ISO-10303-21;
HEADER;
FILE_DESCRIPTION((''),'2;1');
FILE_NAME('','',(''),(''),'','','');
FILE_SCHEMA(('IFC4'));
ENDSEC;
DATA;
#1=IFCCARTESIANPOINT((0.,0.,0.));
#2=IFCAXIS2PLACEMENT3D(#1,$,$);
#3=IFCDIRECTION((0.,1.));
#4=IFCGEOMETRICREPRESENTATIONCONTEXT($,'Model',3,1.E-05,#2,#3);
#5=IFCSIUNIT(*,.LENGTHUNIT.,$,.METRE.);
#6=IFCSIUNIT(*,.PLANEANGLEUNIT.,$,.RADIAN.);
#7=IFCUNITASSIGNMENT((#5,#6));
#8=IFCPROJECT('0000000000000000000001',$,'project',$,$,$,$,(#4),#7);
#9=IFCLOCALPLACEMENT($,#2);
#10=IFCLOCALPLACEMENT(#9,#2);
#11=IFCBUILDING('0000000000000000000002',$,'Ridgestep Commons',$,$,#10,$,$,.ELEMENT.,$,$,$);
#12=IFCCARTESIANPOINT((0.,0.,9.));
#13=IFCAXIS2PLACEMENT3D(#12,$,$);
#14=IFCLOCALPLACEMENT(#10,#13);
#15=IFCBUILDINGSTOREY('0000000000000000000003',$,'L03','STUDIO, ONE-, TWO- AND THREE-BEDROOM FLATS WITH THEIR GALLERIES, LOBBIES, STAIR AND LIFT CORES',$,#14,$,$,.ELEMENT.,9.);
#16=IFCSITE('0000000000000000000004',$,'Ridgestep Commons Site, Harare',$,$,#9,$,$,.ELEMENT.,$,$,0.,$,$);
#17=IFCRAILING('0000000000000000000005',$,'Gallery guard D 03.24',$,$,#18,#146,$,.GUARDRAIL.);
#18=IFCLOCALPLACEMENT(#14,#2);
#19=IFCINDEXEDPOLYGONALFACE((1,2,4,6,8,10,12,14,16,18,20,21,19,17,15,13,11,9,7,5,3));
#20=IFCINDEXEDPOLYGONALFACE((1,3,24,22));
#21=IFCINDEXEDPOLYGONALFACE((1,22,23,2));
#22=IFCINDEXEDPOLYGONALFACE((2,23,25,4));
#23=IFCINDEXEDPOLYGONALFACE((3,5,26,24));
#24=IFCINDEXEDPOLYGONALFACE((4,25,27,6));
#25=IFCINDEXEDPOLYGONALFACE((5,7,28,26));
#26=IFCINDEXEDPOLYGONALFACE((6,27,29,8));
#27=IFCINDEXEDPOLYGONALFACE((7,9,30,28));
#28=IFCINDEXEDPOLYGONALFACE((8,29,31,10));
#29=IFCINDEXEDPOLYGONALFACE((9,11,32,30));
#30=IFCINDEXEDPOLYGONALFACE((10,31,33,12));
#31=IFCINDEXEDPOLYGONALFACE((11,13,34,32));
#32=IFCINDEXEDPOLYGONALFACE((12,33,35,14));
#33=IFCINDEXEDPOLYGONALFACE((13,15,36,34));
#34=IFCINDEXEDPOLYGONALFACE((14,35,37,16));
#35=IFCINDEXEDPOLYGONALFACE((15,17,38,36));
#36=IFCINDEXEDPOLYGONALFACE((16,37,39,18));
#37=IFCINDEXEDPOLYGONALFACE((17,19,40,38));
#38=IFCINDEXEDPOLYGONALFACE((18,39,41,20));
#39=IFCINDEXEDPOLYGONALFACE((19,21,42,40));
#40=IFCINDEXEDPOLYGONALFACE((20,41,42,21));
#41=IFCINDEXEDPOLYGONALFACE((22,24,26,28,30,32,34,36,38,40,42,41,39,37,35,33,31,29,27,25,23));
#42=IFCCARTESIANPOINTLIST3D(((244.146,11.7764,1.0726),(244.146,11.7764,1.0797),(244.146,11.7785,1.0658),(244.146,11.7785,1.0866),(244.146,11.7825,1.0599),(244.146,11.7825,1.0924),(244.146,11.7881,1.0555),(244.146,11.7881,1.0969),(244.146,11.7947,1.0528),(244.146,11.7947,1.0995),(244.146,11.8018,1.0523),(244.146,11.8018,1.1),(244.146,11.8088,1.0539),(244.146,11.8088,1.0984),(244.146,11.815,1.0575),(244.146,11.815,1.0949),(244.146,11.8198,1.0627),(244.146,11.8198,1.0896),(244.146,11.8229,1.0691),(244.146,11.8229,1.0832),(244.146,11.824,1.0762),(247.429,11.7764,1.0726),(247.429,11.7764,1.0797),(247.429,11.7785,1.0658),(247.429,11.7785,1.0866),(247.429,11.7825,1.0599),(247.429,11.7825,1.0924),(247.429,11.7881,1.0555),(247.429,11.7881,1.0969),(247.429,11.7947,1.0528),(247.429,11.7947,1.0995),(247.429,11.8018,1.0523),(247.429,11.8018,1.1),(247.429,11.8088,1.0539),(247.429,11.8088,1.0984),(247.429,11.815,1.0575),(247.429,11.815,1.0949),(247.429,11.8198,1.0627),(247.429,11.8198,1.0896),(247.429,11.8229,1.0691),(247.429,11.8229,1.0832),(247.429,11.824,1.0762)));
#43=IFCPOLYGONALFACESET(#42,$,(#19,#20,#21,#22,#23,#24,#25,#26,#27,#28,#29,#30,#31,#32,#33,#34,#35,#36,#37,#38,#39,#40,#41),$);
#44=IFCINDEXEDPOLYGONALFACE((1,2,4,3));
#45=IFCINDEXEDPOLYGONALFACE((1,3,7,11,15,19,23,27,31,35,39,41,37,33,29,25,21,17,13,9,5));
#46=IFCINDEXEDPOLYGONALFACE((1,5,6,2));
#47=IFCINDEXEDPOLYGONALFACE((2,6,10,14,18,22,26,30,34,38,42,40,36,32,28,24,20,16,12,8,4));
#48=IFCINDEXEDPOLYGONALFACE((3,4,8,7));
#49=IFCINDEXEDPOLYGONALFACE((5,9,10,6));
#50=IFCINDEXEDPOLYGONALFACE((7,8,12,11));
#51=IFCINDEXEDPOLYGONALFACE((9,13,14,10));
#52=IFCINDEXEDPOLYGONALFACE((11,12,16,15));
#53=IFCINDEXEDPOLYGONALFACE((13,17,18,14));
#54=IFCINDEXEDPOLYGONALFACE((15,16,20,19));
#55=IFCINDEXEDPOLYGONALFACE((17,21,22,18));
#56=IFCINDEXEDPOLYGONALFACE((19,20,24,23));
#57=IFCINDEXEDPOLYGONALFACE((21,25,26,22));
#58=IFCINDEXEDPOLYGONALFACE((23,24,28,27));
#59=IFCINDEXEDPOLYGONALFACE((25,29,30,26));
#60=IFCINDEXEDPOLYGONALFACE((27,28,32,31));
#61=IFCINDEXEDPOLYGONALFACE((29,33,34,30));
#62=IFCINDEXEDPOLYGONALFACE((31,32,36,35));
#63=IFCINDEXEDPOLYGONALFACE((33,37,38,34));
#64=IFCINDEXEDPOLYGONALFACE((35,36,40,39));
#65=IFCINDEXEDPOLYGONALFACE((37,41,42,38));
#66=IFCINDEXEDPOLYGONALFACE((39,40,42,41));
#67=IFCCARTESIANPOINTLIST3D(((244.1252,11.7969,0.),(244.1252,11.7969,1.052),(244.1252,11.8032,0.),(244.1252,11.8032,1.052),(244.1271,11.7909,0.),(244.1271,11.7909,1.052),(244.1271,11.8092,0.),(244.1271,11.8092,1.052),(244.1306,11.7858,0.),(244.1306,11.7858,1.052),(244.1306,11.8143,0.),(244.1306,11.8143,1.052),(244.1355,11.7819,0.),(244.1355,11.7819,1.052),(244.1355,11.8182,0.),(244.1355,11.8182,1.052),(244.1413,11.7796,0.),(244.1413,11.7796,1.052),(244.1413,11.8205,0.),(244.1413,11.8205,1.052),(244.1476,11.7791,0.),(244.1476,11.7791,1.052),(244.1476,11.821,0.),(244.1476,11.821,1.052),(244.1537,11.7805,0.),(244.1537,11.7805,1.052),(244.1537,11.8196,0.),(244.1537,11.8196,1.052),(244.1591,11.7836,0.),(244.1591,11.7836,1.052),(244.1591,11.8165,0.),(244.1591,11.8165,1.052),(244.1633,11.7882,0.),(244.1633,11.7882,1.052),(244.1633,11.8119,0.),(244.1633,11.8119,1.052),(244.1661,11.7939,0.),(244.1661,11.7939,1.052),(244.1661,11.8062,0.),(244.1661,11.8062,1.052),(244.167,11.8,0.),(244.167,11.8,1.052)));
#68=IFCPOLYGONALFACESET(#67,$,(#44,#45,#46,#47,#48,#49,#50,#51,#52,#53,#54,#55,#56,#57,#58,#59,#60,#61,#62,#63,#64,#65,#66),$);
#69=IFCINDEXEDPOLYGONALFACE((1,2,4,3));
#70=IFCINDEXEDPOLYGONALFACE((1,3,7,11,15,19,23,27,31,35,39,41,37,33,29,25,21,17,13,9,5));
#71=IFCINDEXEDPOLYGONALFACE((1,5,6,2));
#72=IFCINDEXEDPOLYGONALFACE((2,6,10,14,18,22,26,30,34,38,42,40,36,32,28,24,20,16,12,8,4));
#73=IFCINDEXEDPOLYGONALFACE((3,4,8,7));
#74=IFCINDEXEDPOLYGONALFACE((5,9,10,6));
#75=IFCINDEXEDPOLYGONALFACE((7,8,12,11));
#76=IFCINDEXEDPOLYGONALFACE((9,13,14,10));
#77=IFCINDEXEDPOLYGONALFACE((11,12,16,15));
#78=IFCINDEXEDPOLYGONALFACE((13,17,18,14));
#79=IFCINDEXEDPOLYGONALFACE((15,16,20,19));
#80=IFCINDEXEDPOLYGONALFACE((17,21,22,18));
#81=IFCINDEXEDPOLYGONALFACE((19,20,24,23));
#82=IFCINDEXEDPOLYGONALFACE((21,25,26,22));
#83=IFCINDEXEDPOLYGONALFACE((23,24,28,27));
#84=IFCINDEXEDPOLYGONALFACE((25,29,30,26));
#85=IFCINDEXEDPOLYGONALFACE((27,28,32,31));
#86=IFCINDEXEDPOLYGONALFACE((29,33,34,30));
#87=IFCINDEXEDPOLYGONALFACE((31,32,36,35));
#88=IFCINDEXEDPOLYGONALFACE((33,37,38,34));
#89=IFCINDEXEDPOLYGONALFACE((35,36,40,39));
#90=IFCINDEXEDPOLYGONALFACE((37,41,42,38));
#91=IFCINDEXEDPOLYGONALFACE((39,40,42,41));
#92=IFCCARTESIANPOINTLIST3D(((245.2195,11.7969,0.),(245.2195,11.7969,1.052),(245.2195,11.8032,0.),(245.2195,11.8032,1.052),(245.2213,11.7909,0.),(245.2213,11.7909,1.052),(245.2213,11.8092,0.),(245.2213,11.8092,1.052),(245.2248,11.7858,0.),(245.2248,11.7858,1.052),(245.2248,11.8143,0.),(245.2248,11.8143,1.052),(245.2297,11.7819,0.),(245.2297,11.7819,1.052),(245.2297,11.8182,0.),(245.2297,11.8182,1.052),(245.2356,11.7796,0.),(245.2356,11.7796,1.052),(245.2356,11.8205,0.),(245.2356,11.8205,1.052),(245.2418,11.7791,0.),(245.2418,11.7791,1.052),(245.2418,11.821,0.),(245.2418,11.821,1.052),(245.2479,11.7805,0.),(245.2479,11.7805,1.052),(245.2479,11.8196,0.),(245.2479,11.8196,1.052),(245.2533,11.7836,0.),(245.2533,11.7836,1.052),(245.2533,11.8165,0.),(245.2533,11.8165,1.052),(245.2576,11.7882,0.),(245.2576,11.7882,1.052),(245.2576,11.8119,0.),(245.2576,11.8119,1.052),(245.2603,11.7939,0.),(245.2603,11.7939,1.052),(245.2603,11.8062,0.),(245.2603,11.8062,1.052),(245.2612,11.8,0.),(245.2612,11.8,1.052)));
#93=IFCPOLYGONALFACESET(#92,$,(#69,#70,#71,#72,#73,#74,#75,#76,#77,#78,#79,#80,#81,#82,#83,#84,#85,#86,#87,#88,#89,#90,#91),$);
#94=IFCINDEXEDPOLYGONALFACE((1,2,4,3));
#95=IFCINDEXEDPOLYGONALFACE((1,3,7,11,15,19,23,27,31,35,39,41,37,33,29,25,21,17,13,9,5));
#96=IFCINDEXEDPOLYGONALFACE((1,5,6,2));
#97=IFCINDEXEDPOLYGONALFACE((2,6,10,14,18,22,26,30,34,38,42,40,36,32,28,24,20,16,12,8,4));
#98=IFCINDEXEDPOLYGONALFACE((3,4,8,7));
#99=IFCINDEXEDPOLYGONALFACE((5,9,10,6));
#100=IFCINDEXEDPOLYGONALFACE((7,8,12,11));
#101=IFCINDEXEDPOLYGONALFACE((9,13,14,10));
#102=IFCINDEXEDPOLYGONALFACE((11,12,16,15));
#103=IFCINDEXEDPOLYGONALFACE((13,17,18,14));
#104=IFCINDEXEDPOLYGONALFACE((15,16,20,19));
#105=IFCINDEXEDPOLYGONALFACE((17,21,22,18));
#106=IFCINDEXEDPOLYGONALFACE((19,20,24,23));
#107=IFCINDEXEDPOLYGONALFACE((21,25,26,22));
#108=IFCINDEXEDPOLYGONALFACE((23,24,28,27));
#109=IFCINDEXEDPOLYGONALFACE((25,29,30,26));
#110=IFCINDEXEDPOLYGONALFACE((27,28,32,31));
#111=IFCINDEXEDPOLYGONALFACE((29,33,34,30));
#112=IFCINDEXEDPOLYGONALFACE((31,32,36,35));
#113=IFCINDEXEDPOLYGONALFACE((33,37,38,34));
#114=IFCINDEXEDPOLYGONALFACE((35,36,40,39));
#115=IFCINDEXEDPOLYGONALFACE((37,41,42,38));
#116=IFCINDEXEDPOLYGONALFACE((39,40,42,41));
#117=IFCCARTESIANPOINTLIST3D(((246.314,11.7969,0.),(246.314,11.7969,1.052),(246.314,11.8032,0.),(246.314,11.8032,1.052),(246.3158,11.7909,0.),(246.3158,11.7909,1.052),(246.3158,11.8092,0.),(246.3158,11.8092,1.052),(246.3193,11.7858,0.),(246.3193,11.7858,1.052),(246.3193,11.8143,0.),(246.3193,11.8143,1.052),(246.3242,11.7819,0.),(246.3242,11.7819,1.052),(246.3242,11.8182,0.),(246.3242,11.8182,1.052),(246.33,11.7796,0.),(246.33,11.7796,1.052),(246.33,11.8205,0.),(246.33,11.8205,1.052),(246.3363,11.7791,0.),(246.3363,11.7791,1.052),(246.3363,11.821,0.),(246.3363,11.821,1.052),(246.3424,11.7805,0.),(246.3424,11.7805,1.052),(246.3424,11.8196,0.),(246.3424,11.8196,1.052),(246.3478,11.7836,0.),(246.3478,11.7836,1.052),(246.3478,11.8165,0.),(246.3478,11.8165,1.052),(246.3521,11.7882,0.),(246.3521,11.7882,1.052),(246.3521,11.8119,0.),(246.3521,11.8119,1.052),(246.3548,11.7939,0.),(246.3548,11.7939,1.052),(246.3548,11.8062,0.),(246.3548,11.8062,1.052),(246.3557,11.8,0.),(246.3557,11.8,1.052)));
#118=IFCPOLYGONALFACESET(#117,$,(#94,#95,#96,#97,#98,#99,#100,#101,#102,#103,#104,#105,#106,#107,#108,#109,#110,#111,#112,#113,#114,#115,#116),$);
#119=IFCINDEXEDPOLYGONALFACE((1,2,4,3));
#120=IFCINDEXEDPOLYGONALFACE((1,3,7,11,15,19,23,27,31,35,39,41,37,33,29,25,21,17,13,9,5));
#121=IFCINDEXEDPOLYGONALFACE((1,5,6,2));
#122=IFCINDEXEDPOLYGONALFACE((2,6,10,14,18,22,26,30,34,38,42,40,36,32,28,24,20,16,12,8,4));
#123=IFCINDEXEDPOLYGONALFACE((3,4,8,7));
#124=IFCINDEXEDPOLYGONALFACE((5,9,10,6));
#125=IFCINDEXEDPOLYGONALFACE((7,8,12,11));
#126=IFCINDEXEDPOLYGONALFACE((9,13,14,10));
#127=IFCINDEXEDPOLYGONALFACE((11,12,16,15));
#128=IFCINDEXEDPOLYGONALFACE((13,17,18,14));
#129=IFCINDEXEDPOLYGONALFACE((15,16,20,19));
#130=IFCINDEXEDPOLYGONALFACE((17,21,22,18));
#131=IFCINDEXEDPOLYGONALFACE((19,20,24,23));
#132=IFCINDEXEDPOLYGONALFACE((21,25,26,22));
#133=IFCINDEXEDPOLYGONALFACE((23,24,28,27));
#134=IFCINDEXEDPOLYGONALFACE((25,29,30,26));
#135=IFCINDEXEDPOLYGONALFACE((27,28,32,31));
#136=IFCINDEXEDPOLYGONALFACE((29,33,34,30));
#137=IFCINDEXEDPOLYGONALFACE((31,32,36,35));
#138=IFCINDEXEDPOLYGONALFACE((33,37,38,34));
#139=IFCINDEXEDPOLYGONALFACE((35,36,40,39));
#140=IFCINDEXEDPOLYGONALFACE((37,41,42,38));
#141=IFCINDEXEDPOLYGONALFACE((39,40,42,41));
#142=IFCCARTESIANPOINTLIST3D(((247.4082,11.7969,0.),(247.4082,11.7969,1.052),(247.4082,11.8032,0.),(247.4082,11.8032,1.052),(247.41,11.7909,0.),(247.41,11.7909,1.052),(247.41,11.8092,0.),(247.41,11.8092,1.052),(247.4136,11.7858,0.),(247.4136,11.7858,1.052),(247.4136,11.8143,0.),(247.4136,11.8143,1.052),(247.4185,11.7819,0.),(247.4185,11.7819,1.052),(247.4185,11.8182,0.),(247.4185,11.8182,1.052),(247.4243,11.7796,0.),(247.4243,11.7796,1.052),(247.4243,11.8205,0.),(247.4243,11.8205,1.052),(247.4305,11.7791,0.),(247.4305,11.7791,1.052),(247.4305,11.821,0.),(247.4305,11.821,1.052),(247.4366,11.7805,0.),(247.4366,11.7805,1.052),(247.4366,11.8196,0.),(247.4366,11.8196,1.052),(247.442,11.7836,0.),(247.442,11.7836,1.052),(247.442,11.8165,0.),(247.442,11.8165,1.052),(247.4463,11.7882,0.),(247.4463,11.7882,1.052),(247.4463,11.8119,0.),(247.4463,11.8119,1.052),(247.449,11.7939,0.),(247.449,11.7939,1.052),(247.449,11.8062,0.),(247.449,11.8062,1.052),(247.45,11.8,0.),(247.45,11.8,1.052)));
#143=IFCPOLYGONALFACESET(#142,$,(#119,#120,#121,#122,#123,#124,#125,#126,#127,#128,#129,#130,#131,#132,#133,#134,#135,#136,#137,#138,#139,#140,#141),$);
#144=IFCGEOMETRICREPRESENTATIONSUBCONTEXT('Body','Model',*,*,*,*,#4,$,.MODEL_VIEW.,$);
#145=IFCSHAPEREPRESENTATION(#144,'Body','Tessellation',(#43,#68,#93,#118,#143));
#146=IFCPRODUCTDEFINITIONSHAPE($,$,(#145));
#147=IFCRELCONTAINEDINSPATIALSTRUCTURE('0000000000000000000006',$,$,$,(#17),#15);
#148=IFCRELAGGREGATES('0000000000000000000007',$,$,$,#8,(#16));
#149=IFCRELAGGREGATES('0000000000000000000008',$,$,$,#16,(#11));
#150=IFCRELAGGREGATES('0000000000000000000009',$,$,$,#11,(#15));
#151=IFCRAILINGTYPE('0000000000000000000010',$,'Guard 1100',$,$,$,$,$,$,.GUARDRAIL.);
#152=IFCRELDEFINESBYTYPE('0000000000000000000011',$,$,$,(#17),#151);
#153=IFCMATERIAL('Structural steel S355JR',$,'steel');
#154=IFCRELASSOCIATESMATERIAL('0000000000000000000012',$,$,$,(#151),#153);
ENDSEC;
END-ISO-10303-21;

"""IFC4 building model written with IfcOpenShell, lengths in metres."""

from ifc_helpers import new_model, si_unit, direction, frame, origin, origin_2d, place, context, subcontext, project, spatial, circle, extrude, material, type_object, element, save


model = new_model("IFC4")

# Units and contexts
model_context = context("Model", 3, precision=1e-05, world=origin(), true_north=direction((0.0, 1.0)))
body_context = subcontext(model_context, "Body", "Model", "MODEL_VIEW")
ifc_project = project(units=[si_unit("LENGTHUNIT", "METRE"), si_unit("PLANEANGLEUNIT", "RADIAN")], contexts=[model_context])

# Site, building, storey
site_placement = place(None, origin())
site = spatial("IfcSite", under=ifc_project, at=site_placement, Name="Ridgestep Commons Site, Harare", CompositionType="ELEMENT", RefElevation=0.0)
building_placement = place(site_placement, origin())
building = spatial("IfcBuilding", under=site, at=building_placement, Name="Ridgestep Commons", CompositionType="ELEMENT")
storey_placement = place(building_placement, frame((0.0, 0.0, 9.0)))
storey = spatial("IfcBuildingStorey", under=building, at=storey_placement, Name="L03", Description="STUDIO, ONE-, TWO- AND THREE-BEDROOM FLATS WITH THEIR GALLERIES, LOBBIES, STAIR AND LIFT CORES", CompositionType="ELEMENT", Elevation=9.0)

# Railing
ifc_material_1 = material(Name="Structural steel S355JR", Category="steel")
railing_type = type_object("IfcRailingType", Name="Guard 1100", PredefinedType="GUARDRAIL", material=ifc_material_1)
railing_1_placement = place(storey_placement, frame((244.146, 11.8, 0.0)))
element("IfcRailing", 1, at=railing_1_placement, inside=storey, type_object=railing_type, Name="Gallery guard D 03.24", PredefinedType="GUARDRAIL", context=body_context, shape_type="SweptSolid", body=[
    extrude(circle(Radius=0.0239, at=origin_2d()), frame((0.0, 0.0, 1.0762), z_axis=(1.0, 0.0, 0.0), x_axis=(0.0, 1.0, 0.0)), (0.0, 0.0, 1.0), 3.283),
    extrude(circle(Radius=0.021, at=origin_2d()), origin(), (0.0, 0.0, 1.0), 1.052),
    extrude(circle(Radius=0.021, at=origin_2d()), frame((1.0942, 0.0, 0.0)), (0.0, 0.0, 1.0), 1.052),
    extrude(circle(Radius=0.021, at=origin_2d()), frame((2.1887, 0.0, 0.0)), (0.0, 0.0, 1.0), 1.052),
    extrude(circle(Radius=0.021, at=origin_2d()), frame((3.283, 0.0, 0.0)), (0.0, 0.0, 1.0), 1.052),
])

save(model, "model.ifc")
